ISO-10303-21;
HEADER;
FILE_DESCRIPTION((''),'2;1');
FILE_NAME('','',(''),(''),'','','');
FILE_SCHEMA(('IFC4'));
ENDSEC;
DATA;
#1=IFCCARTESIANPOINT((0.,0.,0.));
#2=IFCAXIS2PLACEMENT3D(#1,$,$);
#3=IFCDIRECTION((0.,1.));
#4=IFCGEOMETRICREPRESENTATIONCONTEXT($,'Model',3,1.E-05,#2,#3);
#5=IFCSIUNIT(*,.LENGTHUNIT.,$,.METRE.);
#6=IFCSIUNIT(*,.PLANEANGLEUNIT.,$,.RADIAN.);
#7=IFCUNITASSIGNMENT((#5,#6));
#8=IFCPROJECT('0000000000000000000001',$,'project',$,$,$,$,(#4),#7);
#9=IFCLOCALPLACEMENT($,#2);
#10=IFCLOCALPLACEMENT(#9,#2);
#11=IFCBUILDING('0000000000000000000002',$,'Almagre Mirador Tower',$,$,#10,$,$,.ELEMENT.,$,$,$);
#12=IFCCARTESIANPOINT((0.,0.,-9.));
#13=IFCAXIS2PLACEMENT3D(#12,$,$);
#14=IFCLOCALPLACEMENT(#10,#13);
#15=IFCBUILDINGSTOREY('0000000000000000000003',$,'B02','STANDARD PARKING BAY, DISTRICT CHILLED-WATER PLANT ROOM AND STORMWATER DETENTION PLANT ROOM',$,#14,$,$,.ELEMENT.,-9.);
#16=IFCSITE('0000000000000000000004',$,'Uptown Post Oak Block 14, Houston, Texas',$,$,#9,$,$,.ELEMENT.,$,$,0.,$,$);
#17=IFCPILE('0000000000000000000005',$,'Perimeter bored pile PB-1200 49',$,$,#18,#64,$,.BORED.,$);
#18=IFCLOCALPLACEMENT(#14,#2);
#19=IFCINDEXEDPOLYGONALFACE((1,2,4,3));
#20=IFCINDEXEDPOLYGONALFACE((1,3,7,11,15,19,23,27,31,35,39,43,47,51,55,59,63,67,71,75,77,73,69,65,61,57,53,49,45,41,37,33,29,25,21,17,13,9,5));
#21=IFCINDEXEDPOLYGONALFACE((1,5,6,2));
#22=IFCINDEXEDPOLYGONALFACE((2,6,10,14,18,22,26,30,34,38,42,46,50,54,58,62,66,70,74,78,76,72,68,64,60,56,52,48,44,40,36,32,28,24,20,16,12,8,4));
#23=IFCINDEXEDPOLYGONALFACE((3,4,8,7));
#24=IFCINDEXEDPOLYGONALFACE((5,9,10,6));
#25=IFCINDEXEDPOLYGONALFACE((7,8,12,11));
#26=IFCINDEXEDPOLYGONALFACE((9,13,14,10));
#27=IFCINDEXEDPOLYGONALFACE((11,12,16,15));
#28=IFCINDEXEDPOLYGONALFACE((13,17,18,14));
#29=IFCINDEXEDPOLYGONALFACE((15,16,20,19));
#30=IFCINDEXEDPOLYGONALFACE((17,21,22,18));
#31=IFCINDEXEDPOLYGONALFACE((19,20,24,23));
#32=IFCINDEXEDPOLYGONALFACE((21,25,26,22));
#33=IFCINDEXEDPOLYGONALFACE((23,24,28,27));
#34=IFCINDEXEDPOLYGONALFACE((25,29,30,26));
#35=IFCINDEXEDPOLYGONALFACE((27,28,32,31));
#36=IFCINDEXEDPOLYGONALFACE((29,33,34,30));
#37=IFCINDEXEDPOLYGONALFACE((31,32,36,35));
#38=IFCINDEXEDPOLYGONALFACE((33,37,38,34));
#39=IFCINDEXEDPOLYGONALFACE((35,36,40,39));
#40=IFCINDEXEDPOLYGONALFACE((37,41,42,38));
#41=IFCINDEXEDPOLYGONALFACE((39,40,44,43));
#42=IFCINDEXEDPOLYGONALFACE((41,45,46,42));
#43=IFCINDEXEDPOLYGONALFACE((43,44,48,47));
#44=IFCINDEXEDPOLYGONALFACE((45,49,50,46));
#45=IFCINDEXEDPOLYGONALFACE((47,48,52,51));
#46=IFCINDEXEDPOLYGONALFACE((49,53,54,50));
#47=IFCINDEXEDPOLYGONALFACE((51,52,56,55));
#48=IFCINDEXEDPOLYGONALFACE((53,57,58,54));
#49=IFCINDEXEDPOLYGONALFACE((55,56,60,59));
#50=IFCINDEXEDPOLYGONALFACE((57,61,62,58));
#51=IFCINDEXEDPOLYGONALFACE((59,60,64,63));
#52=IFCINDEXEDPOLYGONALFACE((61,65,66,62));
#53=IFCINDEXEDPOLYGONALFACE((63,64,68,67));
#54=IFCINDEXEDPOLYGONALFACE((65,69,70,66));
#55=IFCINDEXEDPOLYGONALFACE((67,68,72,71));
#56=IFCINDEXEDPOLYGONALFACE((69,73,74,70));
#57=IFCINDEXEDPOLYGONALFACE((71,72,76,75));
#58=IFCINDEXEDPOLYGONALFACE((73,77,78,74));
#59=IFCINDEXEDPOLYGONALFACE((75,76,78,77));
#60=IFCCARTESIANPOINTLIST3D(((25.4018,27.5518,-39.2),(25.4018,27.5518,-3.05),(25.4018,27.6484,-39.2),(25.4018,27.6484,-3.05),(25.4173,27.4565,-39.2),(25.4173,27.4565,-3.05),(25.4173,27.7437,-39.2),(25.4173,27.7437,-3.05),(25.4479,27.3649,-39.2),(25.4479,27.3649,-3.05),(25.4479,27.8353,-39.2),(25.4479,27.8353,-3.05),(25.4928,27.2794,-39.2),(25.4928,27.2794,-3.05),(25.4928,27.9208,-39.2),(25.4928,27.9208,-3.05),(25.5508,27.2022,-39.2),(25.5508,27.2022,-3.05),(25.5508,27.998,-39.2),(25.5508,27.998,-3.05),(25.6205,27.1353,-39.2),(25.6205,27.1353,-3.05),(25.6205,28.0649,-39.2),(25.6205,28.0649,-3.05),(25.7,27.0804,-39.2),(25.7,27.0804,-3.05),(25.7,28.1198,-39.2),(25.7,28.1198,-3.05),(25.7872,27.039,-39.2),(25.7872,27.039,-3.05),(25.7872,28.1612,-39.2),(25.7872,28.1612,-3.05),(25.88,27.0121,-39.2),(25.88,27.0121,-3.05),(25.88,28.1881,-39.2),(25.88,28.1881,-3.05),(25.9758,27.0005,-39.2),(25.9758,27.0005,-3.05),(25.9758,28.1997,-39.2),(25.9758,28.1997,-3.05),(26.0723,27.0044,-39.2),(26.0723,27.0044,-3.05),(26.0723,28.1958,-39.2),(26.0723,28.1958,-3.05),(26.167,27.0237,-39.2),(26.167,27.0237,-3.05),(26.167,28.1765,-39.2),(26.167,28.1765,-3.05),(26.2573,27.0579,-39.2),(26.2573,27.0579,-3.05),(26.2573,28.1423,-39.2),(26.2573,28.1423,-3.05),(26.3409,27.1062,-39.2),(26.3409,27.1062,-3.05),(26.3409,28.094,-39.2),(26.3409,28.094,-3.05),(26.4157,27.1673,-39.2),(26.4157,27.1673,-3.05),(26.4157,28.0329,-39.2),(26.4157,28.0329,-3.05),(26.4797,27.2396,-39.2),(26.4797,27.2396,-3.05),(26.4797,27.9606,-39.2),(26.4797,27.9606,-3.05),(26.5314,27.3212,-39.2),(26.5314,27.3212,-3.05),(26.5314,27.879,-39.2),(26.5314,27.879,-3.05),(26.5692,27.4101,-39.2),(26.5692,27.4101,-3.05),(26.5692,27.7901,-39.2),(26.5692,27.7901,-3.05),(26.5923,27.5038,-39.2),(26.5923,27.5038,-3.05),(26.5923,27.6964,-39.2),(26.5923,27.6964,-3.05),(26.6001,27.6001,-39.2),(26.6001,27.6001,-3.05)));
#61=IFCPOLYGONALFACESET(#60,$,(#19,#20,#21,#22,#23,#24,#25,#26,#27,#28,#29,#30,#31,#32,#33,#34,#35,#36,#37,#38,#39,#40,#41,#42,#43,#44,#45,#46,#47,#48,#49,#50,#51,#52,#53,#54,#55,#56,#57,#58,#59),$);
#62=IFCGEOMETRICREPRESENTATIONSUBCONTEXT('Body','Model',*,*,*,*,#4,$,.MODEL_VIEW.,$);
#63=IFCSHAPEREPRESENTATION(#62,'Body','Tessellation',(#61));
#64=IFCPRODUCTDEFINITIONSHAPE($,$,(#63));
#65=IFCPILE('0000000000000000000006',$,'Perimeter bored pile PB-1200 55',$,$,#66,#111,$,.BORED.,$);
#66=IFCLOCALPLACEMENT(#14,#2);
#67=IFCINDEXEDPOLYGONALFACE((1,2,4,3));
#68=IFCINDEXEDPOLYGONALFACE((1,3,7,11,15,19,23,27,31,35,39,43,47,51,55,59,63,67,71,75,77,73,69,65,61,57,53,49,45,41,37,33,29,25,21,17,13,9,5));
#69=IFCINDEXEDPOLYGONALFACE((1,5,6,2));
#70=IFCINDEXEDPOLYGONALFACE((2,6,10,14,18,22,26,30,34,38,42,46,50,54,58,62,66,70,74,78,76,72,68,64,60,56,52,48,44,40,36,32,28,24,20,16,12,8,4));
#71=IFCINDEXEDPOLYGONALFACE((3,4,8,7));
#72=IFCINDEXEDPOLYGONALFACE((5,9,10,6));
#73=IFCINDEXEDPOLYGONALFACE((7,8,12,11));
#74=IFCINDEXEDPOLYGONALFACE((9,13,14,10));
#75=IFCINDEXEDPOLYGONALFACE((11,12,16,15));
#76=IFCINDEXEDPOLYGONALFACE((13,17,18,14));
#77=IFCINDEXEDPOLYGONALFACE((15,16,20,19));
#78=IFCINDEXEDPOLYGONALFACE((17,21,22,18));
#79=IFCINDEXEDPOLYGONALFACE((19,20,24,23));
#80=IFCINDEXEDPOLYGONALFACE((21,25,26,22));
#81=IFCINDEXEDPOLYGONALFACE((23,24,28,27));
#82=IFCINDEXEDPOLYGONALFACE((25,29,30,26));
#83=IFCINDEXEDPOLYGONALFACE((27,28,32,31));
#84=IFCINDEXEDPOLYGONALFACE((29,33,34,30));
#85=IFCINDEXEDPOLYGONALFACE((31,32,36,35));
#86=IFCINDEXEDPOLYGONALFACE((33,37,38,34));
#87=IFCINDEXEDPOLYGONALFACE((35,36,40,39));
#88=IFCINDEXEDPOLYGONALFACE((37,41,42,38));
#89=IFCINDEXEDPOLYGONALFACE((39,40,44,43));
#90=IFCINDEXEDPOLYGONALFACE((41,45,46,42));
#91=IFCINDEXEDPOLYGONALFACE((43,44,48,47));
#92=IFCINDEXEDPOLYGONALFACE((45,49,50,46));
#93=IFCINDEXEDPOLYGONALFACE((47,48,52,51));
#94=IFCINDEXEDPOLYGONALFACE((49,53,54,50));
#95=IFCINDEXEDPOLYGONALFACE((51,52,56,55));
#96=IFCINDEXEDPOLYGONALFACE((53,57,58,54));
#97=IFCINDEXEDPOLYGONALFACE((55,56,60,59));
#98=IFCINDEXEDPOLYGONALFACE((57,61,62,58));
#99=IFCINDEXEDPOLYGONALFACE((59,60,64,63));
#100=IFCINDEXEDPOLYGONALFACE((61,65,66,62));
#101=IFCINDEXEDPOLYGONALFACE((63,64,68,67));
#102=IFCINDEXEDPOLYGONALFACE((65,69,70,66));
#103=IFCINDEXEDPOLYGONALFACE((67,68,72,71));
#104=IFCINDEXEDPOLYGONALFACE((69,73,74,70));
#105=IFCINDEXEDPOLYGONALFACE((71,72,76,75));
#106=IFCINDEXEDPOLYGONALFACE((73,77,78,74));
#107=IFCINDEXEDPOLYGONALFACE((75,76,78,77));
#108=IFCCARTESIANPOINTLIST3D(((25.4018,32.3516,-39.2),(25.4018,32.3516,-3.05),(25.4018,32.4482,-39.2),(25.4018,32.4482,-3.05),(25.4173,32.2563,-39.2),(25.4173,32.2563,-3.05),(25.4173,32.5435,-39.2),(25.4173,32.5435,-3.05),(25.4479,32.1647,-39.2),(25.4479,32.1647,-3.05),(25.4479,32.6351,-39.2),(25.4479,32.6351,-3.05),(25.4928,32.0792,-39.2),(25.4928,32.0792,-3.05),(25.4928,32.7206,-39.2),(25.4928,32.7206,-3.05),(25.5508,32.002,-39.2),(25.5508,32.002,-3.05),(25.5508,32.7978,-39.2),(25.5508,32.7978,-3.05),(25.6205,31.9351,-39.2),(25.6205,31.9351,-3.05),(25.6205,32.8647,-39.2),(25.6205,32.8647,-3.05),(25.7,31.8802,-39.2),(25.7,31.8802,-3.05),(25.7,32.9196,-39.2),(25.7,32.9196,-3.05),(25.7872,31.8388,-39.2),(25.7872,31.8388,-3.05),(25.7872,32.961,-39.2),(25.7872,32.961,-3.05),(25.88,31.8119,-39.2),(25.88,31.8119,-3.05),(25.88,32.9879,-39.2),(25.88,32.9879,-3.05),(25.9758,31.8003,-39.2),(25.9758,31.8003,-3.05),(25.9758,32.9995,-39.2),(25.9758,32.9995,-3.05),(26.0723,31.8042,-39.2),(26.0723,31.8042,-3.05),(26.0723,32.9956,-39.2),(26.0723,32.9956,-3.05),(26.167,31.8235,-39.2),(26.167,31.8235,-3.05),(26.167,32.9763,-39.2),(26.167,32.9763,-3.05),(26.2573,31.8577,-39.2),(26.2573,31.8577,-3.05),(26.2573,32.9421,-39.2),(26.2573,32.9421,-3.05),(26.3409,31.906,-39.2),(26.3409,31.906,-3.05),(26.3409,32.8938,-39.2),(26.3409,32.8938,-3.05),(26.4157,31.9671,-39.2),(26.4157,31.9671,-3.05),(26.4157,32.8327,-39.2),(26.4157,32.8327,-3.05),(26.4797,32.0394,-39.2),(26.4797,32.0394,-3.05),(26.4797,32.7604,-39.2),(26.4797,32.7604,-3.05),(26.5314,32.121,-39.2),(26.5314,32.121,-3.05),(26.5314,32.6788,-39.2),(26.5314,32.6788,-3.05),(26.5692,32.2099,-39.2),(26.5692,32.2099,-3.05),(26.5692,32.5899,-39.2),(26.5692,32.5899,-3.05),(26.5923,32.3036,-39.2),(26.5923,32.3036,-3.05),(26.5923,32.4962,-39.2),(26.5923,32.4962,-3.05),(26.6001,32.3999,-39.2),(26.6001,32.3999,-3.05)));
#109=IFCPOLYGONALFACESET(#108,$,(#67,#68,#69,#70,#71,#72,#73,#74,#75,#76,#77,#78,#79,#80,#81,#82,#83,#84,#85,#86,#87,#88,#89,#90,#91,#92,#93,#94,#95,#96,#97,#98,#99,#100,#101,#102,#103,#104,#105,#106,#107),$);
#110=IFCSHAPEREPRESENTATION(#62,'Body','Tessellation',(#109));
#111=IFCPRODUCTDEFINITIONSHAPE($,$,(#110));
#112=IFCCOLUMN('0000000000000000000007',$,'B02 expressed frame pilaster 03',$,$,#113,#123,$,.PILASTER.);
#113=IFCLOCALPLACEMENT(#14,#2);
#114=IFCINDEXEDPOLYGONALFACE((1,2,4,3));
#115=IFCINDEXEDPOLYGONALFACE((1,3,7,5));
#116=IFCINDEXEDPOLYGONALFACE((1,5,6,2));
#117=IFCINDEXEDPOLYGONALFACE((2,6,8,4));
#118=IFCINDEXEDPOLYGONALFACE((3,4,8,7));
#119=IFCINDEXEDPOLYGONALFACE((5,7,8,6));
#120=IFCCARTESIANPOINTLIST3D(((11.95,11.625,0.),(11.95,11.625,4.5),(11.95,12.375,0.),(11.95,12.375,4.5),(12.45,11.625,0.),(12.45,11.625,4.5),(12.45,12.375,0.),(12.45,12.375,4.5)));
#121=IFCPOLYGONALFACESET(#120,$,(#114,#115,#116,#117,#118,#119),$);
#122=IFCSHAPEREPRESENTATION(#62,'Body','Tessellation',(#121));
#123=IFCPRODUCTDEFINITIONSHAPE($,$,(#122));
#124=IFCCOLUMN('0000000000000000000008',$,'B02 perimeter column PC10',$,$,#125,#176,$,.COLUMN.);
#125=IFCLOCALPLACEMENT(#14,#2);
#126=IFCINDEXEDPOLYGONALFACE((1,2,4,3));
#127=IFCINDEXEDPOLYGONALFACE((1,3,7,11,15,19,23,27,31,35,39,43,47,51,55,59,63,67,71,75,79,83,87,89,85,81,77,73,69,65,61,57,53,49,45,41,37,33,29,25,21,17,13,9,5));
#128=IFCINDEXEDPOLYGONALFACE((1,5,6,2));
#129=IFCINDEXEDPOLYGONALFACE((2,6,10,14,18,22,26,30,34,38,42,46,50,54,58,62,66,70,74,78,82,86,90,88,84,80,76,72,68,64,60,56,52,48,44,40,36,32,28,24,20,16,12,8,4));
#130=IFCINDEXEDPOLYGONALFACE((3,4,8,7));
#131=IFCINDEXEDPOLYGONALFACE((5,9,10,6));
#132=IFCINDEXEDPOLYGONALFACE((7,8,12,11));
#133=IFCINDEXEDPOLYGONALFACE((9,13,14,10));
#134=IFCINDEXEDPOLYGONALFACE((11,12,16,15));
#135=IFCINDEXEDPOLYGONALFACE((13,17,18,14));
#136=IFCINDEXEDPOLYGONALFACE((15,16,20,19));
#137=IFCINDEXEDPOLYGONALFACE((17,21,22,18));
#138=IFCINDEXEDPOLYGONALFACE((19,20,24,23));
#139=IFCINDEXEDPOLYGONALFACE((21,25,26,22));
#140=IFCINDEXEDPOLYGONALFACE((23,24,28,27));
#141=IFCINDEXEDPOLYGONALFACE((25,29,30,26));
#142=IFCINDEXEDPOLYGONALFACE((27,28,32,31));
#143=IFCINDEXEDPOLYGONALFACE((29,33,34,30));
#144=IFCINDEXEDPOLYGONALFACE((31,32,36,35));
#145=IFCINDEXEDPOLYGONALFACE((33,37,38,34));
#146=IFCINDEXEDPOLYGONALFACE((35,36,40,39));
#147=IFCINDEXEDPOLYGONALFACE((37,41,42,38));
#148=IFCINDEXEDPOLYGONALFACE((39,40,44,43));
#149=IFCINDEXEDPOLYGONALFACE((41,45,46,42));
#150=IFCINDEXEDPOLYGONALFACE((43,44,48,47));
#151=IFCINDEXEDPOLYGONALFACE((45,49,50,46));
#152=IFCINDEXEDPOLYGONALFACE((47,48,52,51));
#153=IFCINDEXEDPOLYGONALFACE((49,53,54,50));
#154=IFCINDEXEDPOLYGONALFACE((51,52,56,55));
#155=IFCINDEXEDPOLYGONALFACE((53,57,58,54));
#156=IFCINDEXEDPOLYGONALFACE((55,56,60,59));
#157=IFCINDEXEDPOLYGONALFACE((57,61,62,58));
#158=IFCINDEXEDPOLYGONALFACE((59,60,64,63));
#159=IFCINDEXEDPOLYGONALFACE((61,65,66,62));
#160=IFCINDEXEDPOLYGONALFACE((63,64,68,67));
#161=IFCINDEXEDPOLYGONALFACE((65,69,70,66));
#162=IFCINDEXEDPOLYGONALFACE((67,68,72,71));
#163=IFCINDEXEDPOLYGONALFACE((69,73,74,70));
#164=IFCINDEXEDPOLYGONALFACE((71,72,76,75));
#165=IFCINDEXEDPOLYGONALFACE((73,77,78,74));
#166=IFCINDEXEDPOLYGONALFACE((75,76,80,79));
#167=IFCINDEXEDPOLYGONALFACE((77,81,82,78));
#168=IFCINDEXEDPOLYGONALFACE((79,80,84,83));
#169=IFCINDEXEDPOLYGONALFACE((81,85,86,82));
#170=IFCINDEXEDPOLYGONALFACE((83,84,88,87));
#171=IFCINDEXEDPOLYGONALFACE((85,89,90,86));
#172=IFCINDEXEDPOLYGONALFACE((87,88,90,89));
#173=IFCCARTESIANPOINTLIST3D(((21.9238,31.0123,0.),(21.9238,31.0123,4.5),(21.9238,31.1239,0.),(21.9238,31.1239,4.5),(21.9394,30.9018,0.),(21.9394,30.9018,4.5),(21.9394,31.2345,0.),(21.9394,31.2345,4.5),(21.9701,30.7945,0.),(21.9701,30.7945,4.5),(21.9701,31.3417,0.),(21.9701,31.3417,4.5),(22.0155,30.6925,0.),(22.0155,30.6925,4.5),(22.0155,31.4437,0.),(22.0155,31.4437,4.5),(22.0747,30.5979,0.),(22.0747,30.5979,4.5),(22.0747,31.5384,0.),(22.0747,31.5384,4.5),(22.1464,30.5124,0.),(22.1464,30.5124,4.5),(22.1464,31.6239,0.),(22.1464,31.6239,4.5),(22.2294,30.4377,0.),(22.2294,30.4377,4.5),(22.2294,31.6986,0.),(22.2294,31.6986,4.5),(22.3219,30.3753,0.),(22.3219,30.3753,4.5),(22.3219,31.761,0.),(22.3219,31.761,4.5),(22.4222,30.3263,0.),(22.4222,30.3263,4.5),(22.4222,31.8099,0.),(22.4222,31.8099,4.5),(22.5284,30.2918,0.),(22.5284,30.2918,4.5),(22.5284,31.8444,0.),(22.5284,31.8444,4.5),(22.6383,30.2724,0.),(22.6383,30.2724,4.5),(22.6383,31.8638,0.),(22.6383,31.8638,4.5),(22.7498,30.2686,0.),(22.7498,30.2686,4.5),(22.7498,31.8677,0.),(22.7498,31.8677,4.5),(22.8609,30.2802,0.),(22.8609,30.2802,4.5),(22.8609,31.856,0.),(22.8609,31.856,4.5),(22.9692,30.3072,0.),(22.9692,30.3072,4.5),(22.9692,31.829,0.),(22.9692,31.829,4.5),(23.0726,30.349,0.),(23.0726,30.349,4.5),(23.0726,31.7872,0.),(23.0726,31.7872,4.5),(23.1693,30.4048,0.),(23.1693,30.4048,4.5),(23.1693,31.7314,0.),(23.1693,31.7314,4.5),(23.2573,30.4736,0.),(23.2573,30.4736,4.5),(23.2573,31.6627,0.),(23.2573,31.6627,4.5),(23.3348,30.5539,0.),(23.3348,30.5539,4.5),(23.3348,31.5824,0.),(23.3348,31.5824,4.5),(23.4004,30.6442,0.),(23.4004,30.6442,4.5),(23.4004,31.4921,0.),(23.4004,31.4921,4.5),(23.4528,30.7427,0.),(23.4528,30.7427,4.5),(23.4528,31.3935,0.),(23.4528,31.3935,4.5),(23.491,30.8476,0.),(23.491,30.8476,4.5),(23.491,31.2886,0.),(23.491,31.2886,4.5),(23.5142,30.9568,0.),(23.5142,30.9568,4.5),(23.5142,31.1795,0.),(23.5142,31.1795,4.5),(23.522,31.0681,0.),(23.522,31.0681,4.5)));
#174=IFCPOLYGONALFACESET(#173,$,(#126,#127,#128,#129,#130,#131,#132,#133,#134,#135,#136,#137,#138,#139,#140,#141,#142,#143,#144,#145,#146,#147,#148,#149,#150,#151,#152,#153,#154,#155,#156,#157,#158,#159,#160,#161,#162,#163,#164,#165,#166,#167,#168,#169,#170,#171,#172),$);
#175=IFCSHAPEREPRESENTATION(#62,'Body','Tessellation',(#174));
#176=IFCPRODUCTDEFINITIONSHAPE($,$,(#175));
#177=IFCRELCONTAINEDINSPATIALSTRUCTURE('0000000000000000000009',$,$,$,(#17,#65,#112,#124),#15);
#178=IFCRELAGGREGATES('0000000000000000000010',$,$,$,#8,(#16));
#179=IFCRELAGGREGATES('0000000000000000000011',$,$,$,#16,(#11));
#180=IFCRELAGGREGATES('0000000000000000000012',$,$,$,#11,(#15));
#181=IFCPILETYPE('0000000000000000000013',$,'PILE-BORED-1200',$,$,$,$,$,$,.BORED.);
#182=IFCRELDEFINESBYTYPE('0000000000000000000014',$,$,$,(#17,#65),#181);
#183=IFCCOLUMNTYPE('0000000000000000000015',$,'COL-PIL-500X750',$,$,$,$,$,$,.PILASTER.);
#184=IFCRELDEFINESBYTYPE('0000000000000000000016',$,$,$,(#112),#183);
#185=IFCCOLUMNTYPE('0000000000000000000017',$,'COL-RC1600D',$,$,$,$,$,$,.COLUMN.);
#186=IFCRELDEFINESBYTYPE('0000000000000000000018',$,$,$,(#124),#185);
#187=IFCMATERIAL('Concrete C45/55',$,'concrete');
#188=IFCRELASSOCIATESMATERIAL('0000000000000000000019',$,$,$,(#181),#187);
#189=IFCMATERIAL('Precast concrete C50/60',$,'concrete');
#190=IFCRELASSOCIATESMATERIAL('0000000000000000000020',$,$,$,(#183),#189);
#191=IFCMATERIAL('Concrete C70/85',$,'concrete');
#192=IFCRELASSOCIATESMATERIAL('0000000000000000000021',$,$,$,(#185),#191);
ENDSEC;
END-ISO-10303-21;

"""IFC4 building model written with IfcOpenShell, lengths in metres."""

from ifc_helpers import new_model, si_unit, direction, frame, origin, origin_2d, place, context, subcontext, project, spatial, rectangle, circle, extrude, material, material_profile, profile_set, type_object, element, save


model = new_model("IFC4")

# Units and contexts
model_context = context("Model", 3, precision=1e-05, world=origin(), true_north=direction((0.0, 1.0)))
body_context = subcontext(model_context, "Body", "Model", "MODEL_VIEW")
ifc_project = project(units=[si_unit("LENGTHUNIT", "METRE"), si_unit("PLANEANGLEUNIT", "RADIAN")], contexts=[model_context])

# Site, building, storey
site_placement = place(None, origin())
site = spatial("IfcSite", under=ifc_project, at=site_placement, Name="Uptown Post Oak Block 14, Houston, Texas", CompositionType="ELEMENT", RefElevation=0.0)
building_placement = place(site_placement, origin())
building = spatial("IfcBuilding", under=site, at=building_placement, Name="Almagre Mirador Tower", CompositionType="ELEMENT")
storey_placement = place(building_placement, frame((0.0, 0.0, -9.0)))
storey = spatial("IfcBuildingStorey", under=building, at=storey_placement, Name="B02", Description="STANDARD PARKING BAY, DISTRICT CHILLED-WATER PLANT ROOM AND STORMWATER DETENTION PLANT ROOM", CompositionType="ELEMENT", Elevation=-9.0)

# Piles
ifc_material_1 = material(Name="Concrete C45/55", Category="concrete")
ifc_material_profile_1 = material_profile(ifc_material_1, circle(Radius=0.6001, at=origin_2d()), Name="PILE1200D")
ifc_profile_set_1 = profile_set([ifc_material_profile_1], Name="Concrete C45/55")
pile_type = type_object("IfcPileType", Name="PILE-BORED-1200", PredefinedType="BORED", material=ifc_profile_set_1)
for number, where, z_axis, x_axis, name in (
    (1, (26.0, 27.6001, -3.05), (0.0, 0.0, -1.0), (1.0, 0.0, 0.0), "Perimeter bored pile PB-1200 49"),
    (2, (26.0, 32.3999, -3.05), (0.0, 0.0, -1.0), (1.0, 0.0, 0.0), "Perimeter bored pile PB-1200 55"),
):
    element("IfcPile", number, at=place(storey_placement, frame(where, z_axis=z_axis, x_axis=x_axis)), inside=storey, type_object=pile_type, Name=name, PredefinedType="BORED", context=body_context, shape_type="SweptSolid", body=[
        extrude(circle(Radius=0.6001, at=origin_2d()), origin(), (0.0, 0.0, 1.0), 36.1499),
    ])

# Columns
ifc_material_2 = material(Name="Precast concrete C50/60", Category="concrete")
ifc_material_profile_2 = material_profile(ifc_material_2, rectangle(XDim=0.5, YDim=0.75, at=origin_2d()), Name="RC500X750")
ifc_profile_set_2 = profile_set([ifc_material_profile_2], Name="Precast concrete C50/60")
column_type_1 = type_object("IfcColumnType", Name="COL-PIL-500X750", PredefinedType="PILASTER", material=ifc_profile_set_2)
column_1_placement = place(storey_placement, frame((12.2, 12.0, 0.0), z_axis=(0.0, 0.0, 1.0), x_axis=(1.0, 0.0, 0.0)))
element("IfcColumn", 3, at=column_1_placement, inside=storey, type_object=column_type_1, Name="B02 expressed frame pilaster 03", PredefinedType="PILASTER", context=body_context, shape_type="SweptSolid", body=[
    extrude(rectangle(XDim=0.5, YDim=0.75, at=origin_2d()), origin(), (0.0, 0.0, 1.0), 4.5),
])
ifc_material_3 = material(Name="Concrete C70/85", Category="concrete")
ifc_material_profile_3 = material_profile(ifc_material_3, circle(Radius=0.8, at=origin_2d()), Name="RC1600D")
ifc_profile_set_3 = profile_set([ifc_material_profile_3], Name="Concrete C70/85")
column_type_2 = type_object("IfcColumnType", Name="COL-RC1600D", PredefinedType="COLUMN", material=ifc_profile_set_3)
for number, where, z_axis, x_axis, name in (
    (4, (22.7219, 31.0681, 0.0), (0.0, 0.0, 1.0), (1.0, 0.0, 0.0), "B02 perimeter column PC10"),
):
    element("IfcColumn", number, at=place(storey_placement, frame(where, z_axis=z_axis, x_axis=x_axis)), inside=storey, type_object=column_type_2, Name=name, PredefinedType="COLUMN", context=body_context, shape_type="SweptSolid", body=[
        extrude(circle(Radius=0.8, at=origin_2d()), origin(), (0.0, 0.0, 1.0), 4.5),
    ])

save(model, "model.ifc")
